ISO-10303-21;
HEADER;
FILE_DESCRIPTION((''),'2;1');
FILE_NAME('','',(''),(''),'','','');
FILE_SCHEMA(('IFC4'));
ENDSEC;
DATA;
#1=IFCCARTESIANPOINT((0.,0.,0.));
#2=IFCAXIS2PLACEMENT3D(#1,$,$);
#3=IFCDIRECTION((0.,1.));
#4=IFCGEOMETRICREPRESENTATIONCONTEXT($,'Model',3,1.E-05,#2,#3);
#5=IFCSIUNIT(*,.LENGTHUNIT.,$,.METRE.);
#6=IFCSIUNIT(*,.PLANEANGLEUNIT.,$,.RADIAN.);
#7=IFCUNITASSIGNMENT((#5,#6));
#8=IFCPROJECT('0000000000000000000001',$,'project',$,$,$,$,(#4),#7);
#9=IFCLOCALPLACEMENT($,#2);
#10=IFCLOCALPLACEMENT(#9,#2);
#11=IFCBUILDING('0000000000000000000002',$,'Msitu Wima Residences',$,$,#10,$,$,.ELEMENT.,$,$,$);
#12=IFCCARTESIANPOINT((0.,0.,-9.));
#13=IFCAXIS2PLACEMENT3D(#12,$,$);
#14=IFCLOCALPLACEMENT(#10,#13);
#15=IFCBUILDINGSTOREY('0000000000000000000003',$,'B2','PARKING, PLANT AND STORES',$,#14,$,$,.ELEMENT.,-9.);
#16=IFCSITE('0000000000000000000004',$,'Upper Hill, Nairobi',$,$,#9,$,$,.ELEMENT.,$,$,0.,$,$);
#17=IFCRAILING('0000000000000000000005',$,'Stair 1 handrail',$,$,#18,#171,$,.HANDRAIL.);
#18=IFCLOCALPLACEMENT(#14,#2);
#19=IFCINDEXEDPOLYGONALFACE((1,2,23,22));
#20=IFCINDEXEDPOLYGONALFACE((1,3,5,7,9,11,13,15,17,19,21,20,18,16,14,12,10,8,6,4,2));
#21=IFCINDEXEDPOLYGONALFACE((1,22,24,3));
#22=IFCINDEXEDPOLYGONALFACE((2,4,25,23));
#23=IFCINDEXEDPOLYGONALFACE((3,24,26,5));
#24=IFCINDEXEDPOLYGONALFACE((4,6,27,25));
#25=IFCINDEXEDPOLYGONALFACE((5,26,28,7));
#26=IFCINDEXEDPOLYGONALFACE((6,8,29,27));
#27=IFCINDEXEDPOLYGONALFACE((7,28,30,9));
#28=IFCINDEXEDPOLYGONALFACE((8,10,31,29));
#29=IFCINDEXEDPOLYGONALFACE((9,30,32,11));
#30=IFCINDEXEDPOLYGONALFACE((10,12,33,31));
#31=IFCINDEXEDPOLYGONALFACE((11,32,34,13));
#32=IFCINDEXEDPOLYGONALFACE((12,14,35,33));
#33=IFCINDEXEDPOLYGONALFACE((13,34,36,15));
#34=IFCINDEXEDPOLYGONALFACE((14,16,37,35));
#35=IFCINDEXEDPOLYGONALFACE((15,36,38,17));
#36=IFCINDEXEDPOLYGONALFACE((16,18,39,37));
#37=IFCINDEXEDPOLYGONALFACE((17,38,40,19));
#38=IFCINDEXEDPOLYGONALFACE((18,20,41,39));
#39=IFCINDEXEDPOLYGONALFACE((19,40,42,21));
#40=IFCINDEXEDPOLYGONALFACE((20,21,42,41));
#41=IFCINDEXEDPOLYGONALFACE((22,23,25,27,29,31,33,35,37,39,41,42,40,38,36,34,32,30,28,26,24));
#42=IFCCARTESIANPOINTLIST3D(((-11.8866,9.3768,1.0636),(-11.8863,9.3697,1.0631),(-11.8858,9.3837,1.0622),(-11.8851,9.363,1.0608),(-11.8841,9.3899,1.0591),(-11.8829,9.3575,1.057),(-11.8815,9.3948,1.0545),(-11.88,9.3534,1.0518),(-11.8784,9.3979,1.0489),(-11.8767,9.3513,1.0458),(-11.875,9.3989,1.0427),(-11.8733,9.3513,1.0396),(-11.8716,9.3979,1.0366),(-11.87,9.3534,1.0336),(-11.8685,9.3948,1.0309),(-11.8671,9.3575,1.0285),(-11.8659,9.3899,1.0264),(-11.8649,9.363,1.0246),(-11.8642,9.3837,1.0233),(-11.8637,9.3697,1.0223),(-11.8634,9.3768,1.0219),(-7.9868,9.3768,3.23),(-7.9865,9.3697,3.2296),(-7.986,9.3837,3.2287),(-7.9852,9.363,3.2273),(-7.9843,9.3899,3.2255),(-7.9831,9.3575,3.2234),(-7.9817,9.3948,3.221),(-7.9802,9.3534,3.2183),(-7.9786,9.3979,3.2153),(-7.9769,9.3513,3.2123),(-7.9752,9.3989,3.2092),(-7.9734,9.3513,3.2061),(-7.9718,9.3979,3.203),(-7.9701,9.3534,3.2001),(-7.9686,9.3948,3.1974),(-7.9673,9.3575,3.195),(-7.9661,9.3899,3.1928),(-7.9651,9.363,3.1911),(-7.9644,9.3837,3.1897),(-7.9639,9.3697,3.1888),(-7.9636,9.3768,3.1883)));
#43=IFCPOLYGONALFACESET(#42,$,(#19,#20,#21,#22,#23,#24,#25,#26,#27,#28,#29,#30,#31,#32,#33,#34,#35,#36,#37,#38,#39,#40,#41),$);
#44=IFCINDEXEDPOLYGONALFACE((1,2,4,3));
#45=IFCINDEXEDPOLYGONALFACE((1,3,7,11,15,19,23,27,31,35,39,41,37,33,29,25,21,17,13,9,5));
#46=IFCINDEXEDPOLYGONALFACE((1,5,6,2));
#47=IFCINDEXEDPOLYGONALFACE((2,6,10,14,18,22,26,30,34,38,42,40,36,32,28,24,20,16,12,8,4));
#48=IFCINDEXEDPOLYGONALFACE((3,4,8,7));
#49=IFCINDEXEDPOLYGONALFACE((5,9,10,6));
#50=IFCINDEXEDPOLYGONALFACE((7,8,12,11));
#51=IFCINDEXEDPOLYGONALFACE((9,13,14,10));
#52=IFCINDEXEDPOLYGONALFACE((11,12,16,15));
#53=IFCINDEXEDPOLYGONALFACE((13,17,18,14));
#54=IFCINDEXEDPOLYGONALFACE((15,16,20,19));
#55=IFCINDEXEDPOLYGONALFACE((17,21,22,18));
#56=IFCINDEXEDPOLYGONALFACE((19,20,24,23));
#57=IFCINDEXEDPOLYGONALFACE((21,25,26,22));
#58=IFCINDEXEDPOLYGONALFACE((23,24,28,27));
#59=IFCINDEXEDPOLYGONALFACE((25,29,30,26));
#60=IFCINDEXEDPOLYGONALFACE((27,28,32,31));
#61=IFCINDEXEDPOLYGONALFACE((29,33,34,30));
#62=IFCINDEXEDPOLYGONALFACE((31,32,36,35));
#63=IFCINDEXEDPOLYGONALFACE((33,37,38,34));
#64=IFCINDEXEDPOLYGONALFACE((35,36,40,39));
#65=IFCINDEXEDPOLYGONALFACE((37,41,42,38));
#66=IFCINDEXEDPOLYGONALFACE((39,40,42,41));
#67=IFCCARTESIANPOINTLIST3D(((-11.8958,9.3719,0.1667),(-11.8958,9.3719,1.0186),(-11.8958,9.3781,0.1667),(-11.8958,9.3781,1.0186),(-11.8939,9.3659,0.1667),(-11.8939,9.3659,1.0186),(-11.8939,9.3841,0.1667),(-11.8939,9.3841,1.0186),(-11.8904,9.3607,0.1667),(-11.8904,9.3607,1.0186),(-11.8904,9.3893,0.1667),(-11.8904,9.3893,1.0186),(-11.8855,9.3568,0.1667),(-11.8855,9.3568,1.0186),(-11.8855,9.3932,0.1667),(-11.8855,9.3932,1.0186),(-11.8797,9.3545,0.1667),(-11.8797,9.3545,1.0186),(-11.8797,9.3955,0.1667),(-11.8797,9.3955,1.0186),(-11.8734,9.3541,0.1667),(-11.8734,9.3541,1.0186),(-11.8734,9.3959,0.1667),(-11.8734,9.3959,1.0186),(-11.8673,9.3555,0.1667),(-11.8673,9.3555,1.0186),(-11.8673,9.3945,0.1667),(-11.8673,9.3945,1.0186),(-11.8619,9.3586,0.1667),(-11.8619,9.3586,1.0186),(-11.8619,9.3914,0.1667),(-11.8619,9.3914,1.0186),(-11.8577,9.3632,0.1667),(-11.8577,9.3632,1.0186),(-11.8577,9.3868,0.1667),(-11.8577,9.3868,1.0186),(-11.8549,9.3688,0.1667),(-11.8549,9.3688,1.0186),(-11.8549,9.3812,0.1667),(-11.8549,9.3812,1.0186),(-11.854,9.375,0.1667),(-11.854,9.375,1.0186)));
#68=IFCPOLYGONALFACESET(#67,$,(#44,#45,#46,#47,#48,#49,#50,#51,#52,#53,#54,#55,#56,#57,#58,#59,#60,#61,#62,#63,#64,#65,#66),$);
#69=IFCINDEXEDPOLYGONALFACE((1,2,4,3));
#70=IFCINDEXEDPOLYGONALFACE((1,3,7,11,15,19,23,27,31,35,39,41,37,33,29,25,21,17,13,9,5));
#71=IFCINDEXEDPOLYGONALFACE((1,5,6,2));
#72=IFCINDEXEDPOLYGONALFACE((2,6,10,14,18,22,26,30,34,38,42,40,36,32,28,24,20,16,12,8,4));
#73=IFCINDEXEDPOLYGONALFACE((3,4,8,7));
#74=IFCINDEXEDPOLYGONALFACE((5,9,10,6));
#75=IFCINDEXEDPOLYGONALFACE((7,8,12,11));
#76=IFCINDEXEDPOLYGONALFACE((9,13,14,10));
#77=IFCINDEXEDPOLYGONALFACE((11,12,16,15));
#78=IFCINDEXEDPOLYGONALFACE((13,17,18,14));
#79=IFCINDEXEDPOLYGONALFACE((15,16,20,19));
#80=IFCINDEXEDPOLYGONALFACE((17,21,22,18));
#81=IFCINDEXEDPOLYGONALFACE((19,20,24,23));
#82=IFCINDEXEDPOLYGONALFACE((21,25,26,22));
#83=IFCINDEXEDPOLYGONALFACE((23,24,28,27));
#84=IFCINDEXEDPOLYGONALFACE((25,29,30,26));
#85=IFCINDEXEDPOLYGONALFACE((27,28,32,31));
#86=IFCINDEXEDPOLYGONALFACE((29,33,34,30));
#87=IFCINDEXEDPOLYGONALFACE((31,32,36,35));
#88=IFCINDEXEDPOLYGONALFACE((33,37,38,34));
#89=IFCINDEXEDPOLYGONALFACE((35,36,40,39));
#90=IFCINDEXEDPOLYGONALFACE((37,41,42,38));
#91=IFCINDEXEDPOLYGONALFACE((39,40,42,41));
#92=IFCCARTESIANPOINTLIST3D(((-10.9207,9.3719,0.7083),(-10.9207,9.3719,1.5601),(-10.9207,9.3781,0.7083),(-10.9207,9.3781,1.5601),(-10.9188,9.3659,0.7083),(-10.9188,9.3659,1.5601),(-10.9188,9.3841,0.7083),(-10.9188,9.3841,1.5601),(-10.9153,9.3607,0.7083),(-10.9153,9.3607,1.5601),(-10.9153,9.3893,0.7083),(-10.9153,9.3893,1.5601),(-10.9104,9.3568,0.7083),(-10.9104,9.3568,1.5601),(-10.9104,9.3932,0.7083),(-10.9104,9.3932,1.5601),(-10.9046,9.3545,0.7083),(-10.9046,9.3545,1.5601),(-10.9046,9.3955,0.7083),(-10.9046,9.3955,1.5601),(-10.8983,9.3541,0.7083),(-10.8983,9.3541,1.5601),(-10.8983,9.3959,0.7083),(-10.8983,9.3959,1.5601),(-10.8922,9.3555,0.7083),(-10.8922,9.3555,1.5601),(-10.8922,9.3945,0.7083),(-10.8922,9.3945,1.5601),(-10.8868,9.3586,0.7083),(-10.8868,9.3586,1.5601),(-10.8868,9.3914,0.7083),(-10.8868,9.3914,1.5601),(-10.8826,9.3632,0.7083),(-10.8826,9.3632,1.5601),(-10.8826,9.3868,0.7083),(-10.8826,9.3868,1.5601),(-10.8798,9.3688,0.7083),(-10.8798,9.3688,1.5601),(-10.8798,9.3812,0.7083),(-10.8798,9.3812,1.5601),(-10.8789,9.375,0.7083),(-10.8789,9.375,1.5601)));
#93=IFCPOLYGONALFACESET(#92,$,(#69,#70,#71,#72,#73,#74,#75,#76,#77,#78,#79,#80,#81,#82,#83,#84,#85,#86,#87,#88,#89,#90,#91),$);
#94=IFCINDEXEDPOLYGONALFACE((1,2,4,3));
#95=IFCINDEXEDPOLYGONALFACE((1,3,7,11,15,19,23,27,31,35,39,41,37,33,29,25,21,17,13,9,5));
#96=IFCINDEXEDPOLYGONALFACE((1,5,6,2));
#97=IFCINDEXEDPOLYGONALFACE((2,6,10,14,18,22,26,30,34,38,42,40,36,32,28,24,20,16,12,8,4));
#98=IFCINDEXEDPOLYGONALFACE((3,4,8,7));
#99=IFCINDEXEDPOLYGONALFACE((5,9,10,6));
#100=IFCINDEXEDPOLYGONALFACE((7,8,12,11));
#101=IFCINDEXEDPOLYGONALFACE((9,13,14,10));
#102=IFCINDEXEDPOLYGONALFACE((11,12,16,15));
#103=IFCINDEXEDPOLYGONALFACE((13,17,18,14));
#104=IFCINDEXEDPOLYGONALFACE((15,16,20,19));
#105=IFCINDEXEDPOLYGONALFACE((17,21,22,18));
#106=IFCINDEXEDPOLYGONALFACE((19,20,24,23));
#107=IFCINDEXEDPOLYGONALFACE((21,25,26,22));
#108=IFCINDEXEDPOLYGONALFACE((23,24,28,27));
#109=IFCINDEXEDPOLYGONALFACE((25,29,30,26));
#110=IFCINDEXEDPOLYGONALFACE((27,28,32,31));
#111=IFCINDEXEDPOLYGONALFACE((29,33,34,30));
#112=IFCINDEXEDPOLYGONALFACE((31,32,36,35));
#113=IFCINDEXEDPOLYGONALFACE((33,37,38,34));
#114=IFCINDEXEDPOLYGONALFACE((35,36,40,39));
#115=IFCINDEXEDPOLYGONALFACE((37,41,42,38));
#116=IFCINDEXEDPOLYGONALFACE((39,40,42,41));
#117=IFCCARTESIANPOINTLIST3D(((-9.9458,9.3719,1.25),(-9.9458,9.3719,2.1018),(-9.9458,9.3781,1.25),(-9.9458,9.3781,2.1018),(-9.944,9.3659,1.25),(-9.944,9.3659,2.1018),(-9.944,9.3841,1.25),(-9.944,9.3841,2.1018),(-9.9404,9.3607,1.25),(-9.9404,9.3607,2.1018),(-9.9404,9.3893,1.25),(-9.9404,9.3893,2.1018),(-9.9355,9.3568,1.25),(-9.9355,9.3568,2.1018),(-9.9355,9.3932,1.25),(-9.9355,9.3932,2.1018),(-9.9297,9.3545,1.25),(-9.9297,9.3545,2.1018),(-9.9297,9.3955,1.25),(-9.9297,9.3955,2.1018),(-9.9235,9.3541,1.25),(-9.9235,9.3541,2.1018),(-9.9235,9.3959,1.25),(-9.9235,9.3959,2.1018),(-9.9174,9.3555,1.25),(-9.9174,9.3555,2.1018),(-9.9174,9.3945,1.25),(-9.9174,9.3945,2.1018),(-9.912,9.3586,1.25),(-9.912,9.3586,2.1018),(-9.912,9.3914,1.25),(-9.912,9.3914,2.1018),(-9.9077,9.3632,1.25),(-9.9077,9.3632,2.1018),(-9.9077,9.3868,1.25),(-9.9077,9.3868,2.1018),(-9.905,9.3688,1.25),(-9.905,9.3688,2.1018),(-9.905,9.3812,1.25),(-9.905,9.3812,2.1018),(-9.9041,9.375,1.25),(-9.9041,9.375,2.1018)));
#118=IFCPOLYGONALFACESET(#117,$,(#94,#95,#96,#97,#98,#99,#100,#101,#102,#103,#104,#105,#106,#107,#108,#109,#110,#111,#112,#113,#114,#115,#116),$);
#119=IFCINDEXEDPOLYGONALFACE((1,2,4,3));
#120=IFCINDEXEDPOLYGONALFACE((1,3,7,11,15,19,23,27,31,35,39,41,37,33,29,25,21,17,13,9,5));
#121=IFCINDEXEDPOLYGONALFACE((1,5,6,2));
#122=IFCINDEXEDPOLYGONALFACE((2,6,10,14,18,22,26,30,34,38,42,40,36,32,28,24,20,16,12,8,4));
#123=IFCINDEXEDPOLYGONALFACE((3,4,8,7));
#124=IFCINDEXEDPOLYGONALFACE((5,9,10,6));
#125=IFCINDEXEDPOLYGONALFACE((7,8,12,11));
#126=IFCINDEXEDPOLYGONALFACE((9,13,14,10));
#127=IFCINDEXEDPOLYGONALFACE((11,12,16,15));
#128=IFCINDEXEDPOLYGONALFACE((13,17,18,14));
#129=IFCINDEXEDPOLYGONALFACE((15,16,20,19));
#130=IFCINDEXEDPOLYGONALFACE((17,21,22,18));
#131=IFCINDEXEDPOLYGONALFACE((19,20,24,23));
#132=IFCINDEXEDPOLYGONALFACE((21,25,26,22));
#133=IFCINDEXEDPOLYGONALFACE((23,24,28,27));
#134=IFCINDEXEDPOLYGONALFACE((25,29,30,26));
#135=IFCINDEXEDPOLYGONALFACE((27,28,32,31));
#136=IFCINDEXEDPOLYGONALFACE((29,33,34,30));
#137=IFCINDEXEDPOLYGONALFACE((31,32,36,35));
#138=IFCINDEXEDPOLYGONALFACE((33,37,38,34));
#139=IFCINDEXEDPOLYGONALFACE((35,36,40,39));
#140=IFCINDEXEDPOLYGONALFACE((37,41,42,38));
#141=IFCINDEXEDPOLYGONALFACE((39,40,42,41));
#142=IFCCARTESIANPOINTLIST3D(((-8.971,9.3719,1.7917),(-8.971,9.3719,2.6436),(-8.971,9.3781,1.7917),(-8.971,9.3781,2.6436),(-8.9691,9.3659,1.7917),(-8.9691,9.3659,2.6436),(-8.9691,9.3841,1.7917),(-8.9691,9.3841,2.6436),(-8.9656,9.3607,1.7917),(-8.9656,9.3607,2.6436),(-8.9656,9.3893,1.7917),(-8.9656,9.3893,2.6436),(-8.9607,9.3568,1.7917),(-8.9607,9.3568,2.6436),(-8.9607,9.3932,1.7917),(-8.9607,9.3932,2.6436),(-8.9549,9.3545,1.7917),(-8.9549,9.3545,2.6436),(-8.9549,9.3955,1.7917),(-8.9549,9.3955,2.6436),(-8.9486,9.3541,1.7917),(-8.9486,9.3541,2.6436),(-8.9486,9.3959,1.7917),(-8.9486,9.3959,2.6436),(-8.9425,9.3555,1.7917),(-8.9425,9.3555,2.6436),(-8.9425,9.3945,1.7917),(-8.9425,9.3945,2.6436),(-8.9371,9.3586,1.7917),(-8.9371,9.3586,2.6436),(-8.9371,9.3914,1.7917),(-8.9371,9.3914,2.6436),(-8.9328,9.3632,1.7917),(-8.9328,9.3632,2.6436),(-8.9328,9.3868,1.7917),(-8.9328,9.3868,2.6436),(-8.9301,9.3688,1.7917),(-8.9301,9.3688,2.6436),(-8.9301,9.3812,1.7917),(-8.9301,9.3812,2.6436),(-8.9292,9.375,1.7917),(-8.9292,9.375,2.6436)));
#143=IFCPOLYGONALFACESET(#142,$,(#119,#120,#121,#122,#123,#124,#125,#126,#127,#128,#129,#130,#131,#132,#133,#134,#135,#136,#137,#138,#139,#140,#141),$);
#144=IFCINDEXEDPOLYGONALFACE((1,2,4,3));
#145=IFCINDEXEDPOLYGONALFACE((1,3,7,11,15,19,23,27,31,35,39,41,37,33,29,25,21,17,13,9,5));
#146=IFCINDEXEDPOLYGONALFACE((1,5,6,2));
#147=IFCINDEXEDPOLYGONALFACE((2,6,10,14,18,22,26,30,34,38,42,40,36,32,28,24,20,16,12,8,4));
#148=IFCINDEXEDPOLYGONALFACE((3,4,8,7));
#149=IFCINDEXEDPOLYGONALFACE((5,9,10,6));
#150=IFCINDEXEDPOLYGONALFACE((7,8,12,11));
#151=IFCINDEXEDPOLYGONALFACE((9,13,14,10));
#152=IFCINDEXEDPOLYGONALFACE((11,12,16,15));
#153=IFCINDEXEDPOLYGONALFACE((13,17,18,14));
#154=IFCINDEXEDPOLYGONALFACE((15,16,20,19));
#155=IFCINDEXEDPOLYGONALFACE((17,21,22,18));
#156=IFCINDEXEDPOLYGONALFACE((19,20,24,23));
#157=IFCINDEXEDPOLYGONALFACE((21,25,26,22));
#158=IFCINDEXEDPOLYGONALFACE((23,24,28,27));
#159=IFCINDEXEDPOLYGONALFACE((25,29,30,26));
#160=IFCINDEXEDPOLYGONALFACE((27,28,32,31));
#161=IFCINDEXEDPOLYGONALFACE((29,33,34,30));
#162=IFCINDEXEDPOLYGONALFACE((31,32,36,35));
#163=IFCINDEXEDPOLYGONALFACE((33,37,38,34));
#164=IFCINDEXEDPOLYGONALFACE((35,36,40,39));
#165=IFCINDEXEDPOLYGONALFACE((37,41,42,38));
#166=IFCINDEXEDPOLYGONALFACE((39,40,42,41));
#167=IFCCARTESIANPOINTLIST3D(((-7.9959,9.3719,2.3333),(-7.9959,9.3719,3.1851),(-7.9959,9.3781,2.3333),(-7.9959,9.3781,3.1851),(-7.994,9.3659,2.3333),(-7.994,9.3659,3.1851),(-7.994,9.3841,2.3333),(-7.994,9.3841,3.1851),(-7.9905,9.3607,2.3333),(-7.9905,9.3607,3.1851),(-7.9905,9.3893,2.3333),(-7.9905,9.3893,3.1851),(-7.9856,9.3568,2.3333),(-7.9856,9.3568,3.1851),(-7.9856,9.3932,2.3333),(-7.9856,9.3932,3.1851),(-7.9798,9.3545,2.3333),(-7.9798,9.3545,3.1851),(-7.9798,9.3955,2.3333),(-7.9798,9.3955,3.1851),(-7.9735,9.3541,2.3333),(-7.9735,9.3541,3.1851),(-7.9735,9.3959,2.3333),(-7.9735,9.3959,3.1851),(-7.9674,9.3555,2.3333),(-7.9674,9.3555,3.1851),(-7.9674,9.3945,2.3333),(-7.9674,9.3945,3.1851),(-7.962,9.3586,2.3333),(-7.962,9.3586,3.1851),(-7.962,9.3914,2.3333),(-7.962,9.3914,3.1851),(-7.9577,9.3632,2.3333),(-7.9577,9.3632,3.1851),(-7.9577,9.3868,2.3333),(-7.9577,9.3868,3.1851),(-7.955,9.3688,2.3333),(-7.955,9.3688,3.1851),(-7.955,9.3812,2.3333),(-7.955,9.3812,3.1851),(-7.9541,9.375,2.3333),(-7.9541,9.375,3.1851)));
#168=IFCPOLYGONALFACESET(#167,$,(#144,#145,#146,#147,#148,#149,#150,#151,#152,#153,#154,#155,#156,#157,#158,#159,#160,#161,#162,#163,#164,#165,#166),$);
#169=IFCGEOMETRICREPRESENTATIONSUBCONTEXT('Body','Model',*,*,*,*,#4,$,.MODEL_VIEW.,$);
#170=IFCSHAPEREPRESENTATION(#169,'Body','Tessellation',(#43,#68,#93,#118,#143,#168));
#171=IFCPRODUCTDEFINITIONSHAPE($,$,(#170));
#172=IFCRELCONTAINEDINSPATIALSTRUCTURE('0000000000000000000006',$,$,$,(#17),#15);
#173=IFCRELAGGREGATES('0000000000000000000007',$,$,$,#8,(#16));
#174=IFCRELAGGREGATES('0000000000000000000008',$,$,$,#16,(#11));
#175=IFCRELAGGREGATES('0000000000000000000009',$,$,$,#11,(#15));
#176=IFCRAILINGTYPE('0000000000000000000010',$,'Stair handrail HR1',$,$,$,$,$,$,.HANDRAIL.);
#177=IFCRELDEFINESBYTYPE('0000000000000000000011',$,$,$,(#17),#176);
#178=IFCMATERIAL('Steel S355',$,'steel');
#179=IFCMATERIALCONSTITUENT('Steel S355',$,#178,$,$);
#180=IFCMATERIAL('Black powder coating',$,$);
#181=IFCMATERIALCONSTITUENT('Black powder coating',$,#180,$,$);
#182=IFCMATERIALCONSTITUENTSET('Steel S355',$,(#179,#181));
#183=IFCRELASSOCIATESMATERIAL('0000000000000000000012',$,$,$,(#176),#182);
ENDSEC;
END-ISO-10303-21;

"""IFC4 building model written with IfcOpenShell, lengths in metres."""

from ifc_helpers import new_model, si_unit, direction, frame, origin, origin_2d, place, context, subcontext, project, spatial, circle, extrude, material, constituent, constituent_set, type_object, element, save


model = new_model("IFC4")

# Units and contexts
model_context = context("Model", 3, precision=1e-05, world=origin(), true_north=direction((0.0, 1.0)))
body_context = subcontext(model_context, "Body", "Model", "MODEL_VIEW")
ifc_project = project(units=[si_unit("LENGTHUNIT", "METRE"), si_unit("PLANEANGLEUNIT", "RADIAN")], contexts=[model_context])

# Site, building, storey
site_placement = place(None, origin())
site = spatial("IfcSite", under=ifc_project, at=site_placement, Name="Upper Hill, Nairobi", CompositionType="ELEMENT", RefElevation=0.0)
building_placement = place(site_placement, origin())
building = spatial("IfcBuilding", under=site, at=building_placement, Name="Msitu Wima Residences", CompositionType="ELEMENT")
storey_placement = place(building_placement, frame((0.0, 0.0, -9.0)))
storey = spatial("IfcBuildingStorey", under=building, at=storey_placement, Name="B2", Description="PARKING, PLANT AND STORES", CompositionType="ELEMENT", Elevation=-9.0)

# Railing
ifc_material_1 = material(Name="Steel S355", Category="steel")
ifc_constituent_1 = constituent(ifc_material_1, Name="Steel S355")
ifc_material_2 = material(Name="Black powder coating")
ifc_constituent_2 = constituent(ifc_material_2, Name="Black powder coating")
ifc_constituent_set = constituent_set(constituents=[ifc_constituent_1, ifc_constituent_2], Name="Steel S355")
railing_type = type_object("IfcRailingType", Name="Stair handrail HR1", PredefinedType="HANDRAIL", material=ifc_constituent_set)
for number, where, name in (
    (1, (-11.875, 9.375, 0.1667), "Stair 1 handrail"),
):
    element("IfcRailing", number, at=place(storey_placement, frame(where)), inside=storey, type_object=railing_type, Name=name, PredefinedType="HANDRAIL", context=body_context, shape_type="SweptSolid", body=[
        extrude(circle(Radius=0.0239, at=origin_2d()), frame((0.0, 0.0, 0.876), z_axis=(0.874168, 0.0, 0.485624), x_axis=(0.0, 1.0, 0.0)), (0.0, 0.0, 1.0), 4.4612),
        extrude(circle(Radius=0.021, at=origin_2d()), origin(), (0.0, 0.0, 1.0), 0.8518),
        extrude(circle(Radius=0.021, at=origin_2d()), frame((0.9751, 0.0, 0.5415)), (0.0, 0.0, 1.0), 0.8518),
        extrude(circle(Radius=0.021, at=origin_2d()), frame((1.95, 0.0, 1.0833)), (0.0, 0.0, 1.0), 0.8518),
        extrude(circle(Radius=0.021, at=origin_2d()), frame((2.9248, 0.0, 1.625)), (0.0, 0.0, 1.0), 0.8518),
        extrude(circle(Radius=0.021, at=origin_2d()), frame((3.8999, 0.0, 2.1665)), (0.0, 0.0, 1.0), 0.8518),
    ])

save(model, "model.ifc")
